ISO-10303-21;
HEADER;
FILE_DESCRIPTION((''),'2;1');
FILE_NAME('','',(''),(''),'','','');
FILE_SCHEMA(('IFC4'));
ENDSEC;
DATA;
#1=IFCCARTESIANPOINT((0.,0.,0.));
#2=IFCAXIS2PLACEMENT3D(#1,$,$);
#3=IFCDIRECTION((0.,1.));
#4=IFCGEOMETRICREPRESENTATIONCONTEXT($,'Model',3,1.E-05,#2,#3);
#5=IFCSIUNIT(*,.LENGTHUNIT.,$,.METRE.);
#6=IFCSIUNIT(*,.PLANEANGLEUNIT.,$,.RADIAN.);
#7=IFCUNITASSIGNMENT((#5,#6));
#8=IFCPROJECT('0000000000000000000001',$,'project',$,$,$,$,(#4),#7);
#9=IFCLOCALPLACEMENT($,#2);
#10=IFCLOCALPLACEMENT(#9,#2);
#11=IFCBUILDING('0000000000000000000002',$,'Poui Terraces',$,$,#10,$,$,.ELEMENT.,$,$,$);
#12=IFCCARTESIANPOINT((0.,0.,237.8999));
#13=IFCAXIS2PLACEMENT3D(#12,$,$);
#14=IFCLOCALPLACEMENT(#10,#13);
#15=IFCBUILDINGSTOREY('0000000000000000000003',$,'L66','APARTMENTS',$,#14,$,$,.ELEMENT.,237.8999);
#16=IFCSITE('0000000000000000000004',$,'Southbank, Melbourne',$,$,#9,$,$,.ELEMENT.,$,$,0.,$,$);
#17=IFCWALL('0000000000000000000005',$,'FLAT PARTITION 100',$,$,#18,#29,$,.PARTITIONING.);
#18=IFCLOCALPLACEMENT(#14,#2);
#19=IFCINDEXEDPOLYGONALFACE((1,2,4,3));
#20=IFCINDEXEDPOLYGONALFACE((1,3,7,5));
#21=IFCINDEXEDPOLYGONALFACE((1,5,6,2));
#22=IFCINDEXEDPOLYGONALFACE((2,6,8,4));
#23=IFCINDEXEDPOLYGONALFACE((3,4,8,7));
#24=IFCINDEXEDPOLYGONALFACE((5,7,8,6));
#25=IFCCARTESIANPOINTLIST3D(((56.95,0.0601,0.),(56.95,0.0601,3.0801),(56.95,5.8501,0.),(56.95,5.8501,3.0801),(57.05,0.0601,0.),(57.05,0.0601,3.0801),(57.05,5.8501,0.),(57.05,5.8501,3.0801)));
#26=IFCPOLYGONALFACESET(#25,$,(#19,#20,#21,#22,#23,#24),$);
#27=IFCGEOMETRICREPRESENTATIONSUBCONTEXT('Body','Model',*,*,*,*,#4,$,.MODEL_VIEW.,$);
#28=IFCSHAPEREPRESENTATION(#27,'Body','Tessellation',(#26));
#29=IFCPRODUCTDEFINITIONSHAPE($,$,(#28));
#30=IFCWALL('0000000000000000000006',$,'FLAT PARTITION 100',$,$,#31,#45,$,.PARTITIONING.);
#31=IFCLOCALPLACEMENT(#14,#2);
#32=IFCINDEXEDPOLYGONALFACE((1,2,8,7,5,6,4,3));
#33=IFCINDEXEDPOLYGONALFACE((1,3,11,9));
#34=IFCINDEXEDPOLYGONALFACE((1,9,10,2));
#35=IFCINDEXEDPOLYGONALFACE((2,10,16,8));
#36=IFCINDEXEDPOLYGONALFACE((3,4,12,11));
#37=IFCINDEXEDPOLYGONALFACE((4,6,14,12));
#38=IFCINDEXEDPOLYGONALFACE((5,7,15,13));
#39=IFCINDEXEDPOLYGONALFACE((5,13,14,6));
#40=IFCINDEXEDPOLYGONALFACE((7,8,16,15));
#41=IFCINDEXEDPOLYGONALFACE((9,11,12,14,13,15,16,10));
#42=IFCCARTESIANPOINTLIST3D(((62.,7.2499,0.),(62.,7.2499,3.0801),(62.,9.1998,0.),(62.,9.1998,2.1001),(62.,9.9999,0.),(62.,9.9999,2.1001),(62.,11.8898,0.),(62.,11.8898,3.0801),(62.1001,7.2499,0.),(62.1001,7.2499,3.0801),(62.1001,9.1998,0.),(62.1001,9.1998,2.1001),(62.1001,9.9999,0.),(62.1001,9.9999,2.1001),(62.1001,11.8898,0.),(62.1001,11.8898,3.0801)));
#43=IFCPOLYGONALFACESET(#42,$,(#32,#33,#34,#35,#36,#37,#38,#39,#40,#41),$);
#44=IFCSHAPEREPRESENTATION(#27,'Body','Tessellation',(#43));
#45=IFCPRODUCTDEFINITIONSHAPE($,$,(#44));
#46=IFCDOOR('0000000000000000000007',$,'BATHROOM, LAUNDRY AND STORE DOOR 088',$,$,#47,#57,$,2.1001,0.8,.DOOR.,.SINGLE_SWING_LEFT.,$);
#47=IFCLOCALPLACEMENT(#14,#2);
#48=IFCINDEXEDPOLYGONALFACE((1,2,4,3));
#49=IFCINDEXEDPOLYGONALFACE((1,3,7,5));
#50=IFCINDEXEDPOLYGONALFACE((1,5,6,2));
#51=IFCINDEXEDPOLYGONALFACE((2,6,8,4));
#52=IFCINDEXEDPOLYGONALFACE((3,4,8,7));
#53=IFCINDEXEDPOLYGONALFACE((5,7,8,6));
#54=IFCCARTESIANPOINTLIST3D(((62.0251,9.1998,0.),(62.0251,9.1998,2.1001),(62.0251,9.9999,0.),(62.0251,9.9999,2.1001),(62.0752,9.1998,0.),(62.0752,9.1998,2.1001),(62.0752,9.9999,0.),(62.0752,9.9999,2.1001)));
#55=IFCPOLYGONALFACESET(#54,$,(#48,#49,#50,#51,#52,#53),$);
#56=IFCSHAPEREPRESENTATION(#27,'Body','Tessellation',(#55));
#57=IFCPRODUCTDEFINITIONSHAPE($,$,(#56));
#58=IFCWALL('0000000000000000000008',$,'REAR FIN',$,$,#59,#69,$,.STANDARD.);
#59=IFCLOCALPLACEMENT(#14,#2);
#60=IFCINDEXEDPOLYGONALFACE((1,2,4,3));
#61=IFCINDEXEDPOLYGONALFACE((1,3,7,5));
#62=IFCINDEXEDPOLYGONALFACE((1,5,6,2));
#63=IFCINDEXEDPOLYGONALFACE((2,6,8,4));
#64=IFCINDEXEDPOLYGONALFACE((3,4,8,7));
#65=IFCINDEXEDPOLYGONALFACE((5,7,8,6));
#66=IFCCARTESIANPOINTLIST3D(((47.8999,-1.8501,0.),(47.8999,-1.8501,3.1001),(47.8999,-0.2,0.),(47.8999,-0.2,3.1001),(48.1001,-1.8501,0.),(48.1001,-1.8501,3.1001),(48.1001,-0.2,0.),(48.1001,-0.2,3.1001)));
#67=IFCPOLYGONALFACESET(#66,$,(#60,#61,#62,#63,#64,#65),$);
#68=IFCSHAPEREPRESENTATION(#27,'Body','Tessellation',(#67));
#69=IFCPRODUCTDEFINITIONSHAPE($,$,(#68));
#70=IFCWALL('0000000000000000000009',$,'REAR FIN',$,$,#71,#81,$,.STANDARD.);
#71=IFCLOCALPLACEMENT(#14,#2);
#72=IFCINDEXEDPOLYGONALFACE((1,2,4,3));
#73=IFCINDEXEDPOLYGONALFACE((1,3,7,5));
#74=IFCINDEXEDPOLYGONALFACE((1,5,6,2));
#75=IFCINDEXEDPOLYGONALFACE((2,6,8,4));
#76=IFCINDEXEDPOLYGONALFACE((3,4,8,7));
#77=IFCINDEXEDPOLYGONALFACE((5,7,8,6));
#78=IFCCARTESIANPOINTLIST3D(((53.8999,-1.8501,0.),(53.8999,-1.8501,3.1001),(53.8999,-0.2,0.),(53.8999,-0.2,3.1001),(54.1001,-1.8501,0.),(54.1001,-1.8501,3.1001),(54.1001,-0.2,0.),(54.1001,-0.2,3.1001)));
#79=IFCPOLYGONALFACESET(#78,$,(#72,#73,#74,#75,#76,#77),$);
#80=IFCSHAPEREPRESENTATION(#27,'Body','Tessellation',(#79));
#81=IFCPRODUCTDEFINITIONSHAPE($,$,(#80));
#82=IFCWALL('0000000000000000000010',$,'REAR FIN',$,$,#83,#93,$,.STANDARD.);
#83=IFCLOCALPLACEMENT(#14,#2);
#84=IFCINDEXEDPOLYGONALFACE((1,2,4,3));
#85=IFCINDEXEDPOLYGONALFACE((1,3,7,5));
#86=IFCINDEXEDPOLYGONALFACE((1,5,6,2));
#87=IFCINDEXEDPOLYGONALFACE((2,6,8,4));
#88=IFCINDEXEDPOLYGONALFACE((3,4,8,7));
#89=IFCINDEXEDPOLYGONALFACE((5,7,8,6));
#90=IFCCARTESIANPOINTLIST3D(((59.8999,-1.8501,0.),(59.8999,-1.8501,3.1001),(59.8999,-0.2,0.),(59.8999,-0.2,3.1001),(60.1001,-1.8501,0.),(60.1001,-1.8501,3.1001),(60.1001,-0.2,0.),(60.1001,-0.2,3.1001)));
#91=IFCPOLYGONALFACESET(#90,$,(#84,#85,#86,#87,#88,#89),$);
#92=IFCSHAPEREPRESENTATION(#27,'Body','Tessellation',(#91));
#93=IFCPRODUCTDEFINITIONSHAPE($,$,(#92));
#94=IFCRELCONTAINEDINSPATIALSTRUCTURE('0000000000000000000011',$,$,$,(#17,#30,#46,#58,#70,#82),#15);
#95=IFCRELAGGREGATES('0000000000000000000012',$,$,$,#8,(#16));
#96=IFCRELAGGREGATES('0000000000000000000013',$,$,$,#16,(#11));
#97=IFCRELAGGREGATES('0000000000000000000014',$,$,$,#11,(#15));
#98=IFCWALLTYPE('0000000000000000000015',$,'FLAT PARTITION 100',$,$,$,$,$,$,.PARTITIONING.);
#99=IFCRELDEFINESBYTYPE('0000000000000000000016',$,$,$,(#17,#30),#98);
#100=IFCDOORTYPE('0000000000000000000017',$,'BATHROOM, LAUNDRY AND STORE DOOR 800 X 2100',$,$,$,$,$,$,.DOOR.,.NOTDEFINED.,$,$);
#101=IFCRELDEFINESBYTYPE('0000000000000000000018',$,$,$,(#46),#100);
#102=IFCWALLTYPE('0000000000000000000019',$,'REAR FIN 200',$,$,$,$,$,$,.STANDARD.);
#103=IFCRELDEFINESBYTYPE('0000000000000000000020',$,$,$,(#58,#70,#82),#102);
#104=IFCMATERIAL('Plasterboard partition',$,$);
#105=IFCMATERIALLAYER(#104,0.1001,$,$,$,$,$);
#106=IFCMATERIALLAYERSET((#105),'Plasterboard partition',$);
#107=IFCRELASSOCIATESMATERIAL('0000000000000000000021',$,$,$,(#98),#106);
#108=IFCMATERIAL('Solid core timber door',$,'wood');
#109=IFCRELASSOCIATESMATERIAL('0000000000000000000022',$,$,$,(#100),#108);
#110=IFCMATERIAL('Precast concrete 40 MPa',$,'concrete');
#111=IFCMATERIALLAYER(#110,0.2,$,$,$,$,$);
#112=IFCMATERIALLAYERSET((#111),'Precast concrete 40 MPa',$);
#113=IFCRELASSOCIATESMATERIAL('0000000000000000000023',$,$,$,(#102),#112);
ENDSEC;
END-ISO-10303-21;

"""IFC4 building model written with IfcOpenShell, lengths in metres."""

from ifc_helpers import new_model, si_unit, direction, frame, frame_2d, origin, place, context, subcontext, project, spatial, polyline, rectangle, outline, extrude, source, transform, mapped, material, layer, layer_set, type_object, element, fill, save


model = new_model("IFC4")

# Units and contexts
model_context = context("Model", 3, precision=1e-05, world=origin(), true_north=direction((0.0, 1.0)))
body_context = subcontext(model_context, "Body", "Model", "MODEL_VIEW")
ifc_project = project(units=[si_unit("LENGTHUNIT", "METRE"), si_unit("PLANEANGLEUNIT", "RADIAN")], contexts=[model_context])

# Site, building, storey
site_placement = place(None, origin())
site = spatial("IfcSite", under=ifc_project, at=site_placement, Name="Southbank, Melbourne", CompositionType="ELEMENT", RefElevation=0.0)
building_placement = place(site_placement, origin())
building = spatial("IfcBuilding", under=site, at=building_placement, Name="Poui Terraces", CompositionType="ELEMENT")
storey_placement = place(building_placement, frame((0.0, 0.0, 237.8999)))
storey = spatial("IfcBuildingStorey", under=building, at=storey_placement, Name="L66", Description="APARTMENTS", CompositionType="ELEMENT", Elevation=237.8999)

# Shared definitions
ifc_material_1 = material(Name="Precast concrete 40 MPa", Category="concrete")

# Shared definitions
ifc_material_2 = material(Name="Solid core timber door", Category="wood")

# Shared definitions
ifc_material_3 = material(Name="Plasterboard partition")
ifc_layer_1 = layer(ifc_material_3, 0.1001)
ifc_layer_set_1 = layer_set([ifc_layer_1], Name="Plasterboard partition")
wall_type_1 = type_object("IfcWallType", Name="FLAT PARTITION 100", PredefinedType="PARTITIONING", material=ifc_layer_set_1)

# Wall
wall_1_placement = place(storey_placement, frame((57.0, 0.0601, 0.0), z_axis=(0.0, 0.0, 1.0), x_axis=(0.0, 1.0, 0.0)))
element("IfcWall", 1, at=wall_1_placement, inside=storey, type_object=wall_type_1, Name="FLAT PARTITION 100", PredefinedType="PARTITIONING", context=body_context, shape_type="SweptSolid", body=[
    extrude(rectangle(XDim=5.79, YDim=0.1001, at=frame_2d((2.895, 0.0))), origin(), (0.0, 0.0, 1.0), 3.0801),
])

# Wall, opening, door
wall_2_placement = place(storey_placement, frame((62.05, 7.25, 0.0), z_axis=(0.0, 0.0, 1.0), x_axis=(0.0, 1.0, 0.0)))
wall_2 = element("IfcWall", 2, at=wall_2_placement, inside=storey, type_object=wall_type_1, Name="FLAT PARTITION 100", PredefinedType="PARTITIONING", context=body_context, shape_type="SweptSolid", body=[
    extrude(rectangle(XDim=4.6399, YDim=0.1001, at=frame_2d((2.3198, 0.0))), origin(), (0.0, 0.0, 1.0), 3.0801),
])
opening_1_placement = place(wall_2_placement, frame((1.95, 0.0, 0.0)))
opening_1 = element("IfcOpeningElement", 3, at=opening_1_placement, cuts=wall_2, PredefinedType="OPENING", context=body_context, shape_type="SweptSolid", body=[
    extrude(rectangle(XDim=0.8, YDim=2.1001, at=frame_2d((0.3999, 1.05))), frame((0.0, 0.0601, 0.0), z_axis=(0.0, -1.0, 0.0), x_axis=(1.0, 0.0, 0.0)), (0.0, 0.0, 1.0), 0.1201),
])
door_type_1 = type_object("IfcDoorType", Name="BATHROOM, LAUNDRY AND STORE DOOR 800 X 2100", OperationType="NOTDEFINED", PredefinedType="DOOR", material=ifc_material_2)
door_1_placement = place(opening_1_placement, origin())
door_1 = element("IfcDoor", 4, at=door_1_placement, inside=storey, type_object=door_type_1, Name="BATHROOM, LAUNDRY AND STORE DOOR 088", OperationType="SINGLE_SWING_LEFT", OverallHeight=2.1001, OverallWidth=0.8, PredefinedType="DOOR", context=body_context, shape_type="SweptSolid", body=[
    extrude(rectangle(XDim=0.8, YDim=2.1001, at=frame_2d((0.3999, 1.05))), frame((0.0, 0.0249, 0.0), z_axis=(0.0, -1.0, 0.0), x_axis=(1.0, 0.0, 0.0)), (0.0, 0.0, 1.0), 0.05),
])
fill(opening_1, door_1)

# Walls
ifc_layer_2 = layer(ifc_material_1, 0.2)
ifc_layer_set_2 = layer_set([ifc_layer_2], Name="Precast concrete 40 MPa")
wall_type_2 = type_object("IfcWallType", Name="REAR FIN 200", PredefinedType="STANDARD", material=ifc_layer_set_2)
shared_shape_1 = source(origin(), body_context, "Body", "SweptSolid", [
    extrude(outline(polyline([(0.0, 0.0), (0.2002, 0.0), (0.2002, 1.6501), (0.0, 1.6501), (0.0, 0.0)])), origin(), (0.0, 0.0, 1.0), 3.1001),
])
for number, where, name in (
    (5, (47.8999, -1.8501, 0.0), "REAR FIN"),
    (6, (53.8999, -1.8501, 0.0), "REAR FIN"),
    (7, (59.8999, -1.8501, 0.0), "REAR FIN"),
):
    element("IfcWall", number, at=place(storey_placement, frame(where)), inside=storey, type_object=wall_type_2, Name=name, PredefinedType="STANDARD", context=body_context, shape_type="MappedRepresentation", body=[
        mapped(shared_shape_1, transform((0.0, 0.0, 0.0))),
    ])

save(model, "model.ifc")
